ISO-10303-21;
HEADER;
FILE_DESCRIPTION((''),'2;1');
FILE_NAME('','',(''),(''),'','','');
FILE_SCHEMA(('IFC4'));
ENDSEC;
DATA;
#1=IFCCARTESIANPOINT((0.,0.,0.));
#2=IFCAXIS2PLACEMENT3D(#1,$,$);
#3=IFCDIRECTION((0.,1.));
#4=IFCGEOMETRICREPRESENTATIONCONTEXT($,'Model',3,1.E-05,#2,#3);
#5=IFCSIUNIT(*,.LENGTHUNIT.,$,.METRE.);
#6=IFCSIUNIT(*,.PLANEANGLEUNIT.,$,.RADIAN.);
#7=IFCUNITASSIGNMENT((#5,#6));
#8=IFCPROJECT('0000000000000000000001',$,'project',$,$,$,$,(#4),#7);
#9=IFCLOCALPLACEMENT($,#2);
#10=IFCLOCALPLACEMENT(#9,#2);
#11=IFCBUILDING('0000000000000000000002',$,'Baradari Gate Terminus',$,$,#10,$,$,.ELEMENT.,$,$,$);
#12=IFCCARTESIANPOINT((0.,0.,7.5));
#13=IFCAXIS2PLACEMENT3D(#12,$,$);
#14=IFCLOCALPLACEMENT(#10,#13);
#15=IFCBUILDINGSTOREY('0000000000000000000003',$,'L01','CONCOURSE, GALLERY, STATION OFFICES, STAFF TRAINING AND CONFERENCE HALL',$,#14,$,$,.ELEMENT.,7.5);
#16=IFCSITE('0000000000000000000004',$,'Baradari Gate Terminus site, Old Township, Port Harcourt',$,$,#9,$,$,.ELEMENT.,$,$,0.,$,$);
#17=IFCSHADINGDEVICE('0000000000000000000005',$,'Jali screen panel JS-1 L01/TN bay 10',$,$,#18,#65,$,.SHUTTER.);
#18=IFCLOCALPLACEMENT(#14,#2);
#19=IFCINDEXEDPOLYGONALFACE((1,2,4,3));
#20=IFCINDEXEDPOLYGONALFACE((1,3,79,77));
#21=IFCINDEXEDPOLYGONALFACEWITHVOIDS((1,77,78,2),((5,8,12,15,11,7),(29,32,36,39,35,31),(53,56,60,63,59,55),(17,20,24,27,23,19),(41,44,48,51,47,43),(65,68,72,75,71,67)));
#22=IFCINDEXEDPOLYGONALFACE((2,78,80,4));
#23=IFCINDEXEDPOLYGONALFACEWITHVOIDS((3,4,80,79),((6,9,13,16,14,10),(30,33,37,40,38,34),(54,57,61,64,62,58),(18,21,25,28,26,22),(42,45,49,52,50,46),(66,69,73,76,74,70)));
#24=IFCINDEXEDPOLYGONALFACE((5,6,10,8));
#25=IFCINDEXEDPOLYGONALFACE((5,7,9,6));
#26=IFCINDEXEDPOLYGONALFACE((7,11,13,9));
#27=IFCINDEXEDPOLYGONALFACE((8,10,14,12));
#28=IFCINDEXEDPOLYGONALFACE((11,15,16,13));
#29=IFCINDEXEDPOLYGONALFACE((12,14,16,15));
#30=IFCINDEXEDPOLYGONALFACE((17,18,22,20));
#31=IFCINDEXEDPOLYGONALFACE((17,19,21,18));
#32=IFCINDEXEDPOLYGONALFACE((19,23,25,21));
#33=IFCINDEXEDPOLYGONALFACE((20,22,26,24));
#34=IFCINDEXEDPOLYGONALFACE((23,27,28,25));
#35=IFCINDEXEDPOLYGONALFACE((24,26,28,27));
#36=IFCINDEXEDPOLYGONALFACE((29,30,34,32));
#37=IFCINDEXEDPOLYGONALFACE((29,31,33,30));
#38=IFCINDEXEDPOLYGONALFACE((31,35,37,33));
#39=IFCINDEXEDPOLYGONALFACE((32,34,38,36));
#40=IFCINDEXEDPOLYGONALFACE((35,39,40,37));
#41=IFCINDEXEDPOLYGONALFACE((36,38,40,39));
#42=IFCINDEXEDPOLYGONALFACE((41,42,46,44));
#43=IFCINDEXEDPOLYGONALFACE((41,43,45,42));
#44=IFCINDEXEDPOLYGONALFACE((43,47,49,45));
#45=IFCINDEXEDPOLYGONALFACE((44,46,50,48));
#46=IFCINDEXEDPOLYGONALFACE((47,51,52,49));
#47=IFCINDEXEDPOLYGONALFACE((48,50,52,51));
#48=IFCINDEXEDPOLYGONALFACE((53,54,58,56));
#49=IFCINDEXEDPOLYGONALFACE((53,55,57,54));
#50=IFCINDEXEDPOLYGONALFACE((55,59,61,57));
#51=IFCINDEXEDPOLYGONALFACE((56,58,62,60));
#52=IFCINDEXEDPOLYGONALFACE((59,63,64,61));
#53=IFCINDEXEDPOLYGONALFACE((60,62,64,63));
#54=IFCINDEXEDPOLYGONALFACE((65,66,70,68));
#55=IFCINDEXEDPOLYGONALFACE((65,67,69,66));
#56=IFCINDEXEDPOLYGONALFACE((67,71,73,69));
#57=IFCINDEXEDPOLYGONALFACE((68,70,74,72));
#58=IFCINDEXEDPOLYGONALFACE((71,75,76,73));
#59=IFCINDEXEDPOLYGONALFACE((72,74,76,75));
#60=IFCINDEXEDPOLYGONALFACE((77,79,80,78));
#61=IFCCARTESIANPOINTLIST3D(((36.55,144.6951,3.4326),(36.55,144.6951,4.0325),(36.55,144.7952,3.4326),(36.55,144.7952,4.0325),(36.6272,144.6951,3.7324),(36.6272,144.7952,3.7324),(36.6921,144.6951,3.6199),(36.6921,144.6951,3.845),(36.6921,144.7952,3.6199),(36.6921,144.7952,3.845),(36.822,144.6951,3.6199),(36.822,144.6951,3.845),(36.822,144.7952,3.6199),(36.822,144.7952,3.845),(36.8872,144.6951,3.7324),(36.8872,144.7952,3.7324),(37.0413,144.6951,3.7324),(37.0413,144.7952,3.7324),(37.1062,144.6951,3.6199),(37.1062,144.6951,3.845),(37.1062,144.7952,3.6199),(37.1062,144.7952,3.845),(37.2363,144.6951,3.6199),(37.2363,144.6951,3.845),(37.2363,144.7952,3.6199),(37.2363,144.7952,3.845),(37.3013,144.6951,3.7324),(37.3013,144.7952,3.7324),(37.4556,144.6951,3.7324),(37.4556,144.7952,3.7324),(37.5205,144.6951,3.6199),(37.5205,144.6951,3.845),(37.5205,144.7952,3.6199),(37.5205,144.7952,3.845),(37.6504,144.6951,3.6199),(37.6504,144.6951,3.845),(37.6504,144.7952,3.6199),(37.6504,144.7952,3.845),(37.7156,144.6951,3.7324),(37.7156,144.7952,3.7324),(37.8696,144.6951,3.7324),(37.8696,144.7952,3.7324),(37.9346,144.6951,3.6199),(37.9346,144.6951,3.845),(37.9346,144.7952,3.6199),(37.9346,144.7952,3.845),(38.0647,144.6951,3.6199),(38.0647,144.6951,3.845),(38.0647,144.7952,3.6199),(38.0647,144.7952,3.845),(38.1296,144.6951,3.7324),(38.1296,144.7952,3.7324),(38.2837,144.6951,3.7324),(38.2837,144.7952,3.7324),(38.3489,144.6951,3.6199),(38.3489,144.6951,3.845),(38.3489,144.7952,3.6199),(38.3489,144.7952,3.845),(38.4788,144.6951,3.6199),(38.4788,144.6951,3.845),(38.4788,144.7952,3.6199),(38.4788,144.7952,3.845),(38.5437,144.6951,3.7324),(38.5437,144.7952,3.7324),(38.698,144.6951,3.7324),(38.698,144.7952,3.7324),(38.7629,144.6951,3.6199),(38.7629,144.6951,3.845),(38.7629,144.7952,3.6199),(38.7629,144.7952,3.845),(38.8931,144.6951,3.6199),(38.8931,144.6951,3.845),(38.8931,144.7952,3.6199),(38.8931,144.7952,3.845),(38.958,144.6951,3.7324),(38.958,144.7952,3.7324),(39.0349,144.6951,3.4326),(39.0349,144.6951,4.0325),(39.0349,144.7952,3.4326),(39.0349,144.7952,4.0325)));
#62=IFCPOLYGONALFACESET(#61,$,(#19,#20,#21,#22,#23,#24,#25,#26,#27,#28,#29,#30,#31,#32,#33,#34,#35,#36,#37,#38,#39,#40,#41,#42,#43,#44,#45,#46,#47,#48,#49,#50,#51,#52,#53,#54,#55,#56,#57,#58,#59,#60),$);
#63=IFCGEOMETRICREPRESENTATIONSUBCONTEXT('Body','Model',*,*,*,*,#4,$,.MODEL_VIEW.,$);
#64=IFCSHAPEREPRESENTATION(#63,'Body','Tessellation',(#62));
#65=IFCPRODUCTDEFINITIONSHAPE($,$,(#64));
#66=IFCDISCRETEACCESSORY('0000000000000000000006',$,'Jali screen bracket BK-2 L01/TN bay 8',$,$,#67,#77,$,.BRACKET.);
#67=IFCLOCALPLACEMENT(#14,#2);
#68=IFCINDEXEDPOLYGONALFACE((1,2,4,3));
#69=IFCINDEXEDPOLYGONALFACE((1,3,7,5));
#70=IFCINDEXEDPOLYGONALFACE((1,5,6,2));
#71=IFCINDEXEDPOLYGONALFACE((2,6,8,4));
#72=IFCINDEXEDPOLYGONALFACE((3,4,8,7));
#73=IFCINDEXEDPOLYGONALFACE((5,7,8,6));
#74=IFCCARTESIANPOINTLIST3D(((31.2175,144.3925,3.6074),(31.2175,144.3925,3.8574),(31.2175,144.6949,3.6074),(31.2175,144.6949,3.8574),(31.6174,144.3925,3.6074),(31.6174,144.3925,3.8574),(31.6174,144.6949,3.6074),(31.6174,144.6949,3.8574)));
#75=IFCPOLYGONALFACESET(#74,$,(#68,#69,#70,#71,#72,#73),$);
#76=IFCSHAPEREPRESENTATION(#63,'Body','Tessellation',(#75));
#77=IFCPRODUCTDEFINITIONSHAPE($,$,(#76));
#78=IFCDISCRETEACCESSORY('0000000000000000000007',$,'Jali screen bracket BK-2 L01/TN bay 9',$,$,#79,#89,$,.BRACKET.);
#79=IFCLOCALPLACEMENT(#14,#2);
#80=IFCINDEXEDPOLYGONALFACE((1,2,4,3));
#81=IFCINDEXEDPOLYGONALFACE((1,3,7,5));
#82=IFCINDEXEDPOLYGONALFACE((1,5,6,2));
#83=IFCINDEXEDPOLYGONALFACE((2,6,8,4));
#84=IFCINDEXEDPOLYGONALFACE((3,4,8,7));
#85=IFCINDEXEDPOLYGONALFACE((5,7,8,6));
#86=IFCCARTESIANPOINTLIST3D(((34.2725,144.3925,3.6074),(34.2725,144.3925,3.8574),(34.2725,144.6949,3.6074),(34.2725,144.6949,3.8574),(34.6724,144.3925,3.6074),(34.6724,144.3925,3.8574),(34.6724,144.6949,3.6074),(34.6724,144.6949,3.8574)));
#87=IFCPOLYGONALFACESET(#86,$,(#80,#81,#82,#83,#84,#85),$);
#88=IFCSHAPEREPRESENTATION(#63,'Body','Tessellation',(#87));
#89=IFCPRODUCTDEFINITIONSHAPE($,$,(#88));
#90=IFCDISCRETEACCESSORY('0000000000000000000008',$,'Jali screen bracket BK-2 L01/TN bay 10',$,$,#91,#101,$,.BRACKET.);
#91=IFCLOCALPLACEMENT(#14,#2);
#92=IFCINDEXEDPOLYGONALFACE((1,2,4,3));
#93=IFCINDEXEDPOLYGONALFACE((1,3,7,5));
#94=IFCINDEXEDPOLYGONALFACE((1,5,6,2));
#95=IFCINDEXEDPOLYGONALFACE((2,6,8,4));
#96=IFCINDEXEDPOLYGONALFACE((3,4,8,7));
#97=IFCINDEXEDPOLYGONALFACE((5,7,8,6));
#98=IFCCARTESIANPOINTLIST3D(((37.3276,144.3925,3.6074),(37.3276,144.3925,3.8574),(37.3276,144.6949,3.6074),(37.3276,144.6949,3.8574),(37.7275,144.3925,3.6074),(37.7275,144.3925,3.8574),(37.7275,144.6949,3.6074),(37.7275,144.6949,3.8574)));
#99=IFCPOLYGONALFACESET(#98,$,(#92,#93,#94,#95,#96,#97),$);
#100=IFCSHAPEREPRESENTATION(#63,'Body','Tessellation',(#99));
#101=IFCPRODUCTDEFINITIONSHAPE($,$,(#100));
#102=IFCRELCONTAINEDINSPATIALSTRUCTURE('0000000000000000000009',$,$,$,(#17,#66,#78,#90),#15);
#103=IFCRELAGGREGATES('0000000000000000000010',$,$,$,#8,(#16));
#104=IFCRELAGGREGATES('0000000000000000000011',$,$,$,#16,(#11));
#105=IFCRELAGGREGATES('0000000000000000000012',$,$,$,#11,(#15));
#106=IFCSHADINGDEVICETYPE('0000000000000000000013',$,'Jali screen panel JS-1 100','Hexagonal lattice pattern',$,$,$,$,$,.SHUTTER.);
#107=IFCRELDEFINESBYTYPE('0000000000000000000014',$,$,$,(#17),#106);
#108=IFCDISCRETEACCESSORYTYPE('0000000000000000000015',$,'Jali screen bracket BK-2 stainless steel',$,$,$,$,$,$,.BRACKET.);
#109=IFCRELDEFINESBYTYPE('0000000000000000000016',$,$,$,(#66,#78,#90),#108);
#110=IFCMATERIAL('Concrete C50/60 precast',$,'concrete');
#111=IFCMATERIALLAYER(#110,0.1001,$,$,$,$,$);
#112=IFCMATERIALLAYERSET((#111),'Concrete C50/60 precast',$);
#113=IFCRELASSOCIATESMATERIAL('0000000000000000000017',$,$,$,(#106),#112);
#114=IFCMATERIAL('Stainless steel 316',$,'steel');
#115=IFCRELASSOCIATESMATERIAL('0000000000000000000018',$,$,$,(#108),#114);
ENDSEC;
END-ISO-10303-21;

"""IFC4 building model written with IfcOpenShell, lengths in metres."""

from ifc_helpers import new_model, si_unit, direction, frame, origin, origin_2d, place, context, subcontext, project, spatial, polyline, rectangle, outline, extrude, material, layer, layer_set, type_object, element, save


model = new_model("IFC4")

# Units and contexts
model_context = context("Model", 3, precision=1e-05, world=origin(), true_north=direction((0.0, 1.0)))
body_context = subcontext(model_context, "Body", "Model", "MODEL_VIEW")
ifc_project = project(units=[si_unit("LENGTHUNIT", "METRE"), si_unit("PLANEANGLEUNIT", "RADIAN")], contexts=[model_context])

# Site, building, storey
site_placement = place(None, origin())
site = spatial("IfcSite", under=ifc_project, at=site_placement, Name="Baradari Gate Terminus site, Old Township, Port Harcourt", CompositionType="ELEMENT", RefElevation=0.0)
building_placement = place(site_placement, origin())
building = spatial("IfcBuilding", under=site, at=building_placement, Name="Baradari Gate Terminus", CompositionType="ELEMENT")
storey_placement = place(building_placement, frame((0.0, 0.0, 7.5)))
storey = spatial("IfcBuildingStorey", under=building, at=storey_placement, Name="L01", Description="CONCOURSE, GALLERY, STATION OFFICES, STAFF TRAINING AND CONFERENCE HALL", CompositionType="ELEMENT", Elevation=7.5)

# Shading device
ifc_material_1 = material(Name="Concrete C50/60 precast", Category="concrete")
ifc_layer_1 = layer(ifc_material_1, 0.1001)
ifc_layer_set_1 = layer_set([ifc_layer_1], Name="Concrete C50/60 precast")
shading_device_type = type_object("IfcShadingDeviceType", Name="Jali screen panel JS-1 100", Description="Hexagonal lattice pattern", PredefinedType="SHUTTER", material=ifc_layer_set_1)
for number, where, z_axis, x_axis, name in (
    (1, (36.55, 144.7451, 3.4326), (0.0, 0.0, 1.0), (1.0, 0.0, 0.0), "Jali screen panel JS-1 L01/TN bay 10"),
):
    element("IfcShadingDevice", number, at=place(storey_placement, frame(where, z_axis=z_axis, x_axis=x_axis)), inside=storey, type_object=shading_device_type, Name=name, PredefinedType="SHUTTER", context=body_context, shape_type="SweptSolid", body=[
        extrude(outline(polyline([(0.0, 0.0), (2.4849, 0.0), (2.4849, 0.5999), (0.0, 0.5999), (0.0, 0.0)]), holes=[polyline([(0.3372, 0.2998), (0.272, 0.1873), (0.1421, 0.1873), (0.0771, 0.2998), (0.1421, 0.4124), (0.272, 0.4124), (0.3372, 0.2998)]), polyline([(0.7512, 0.2998), (0.6863, 0.1873), (0.5562, 0.1873), (0.4912, 0.2998), (0.5562, 0.4124), (0.6863, 0.4124), (0.7512, 0.2998)]), polyline([(1.1655, 0.2998), (1.1003, 0.1873), (0.9705, 0.1873), (0.9055, 0.2998), (0.9705, 0.4124), (1.1003, 0.4124), (1.1655, 0.2998)]), polyline([(1.5796, 0.2998), (1.5146, 0.1873), (1.3845, 0.1873), (1.3196, 0.2998), (1.3845, 0.4124), (1.5146, 0.4124), (1.5796, 0.2998)]), polyline([(1.9937, 0.2998), (1.9287, 0.1873), (1.7988, 0.1873), (1.7336, 0.2998), (1.7988, 0.4124), (1.9287, 0.4124), (1.9937, 0.2998)]), polyline([(2.408, 0.2998), (2.343, 0.1873), (2.2129, 0.1873), (2.1479, 0.2998), (2.2129, 0.4124), (2.343, 0.4124), (2.408, 0.2998)])]), frame((0.0, 0.05, 0.0), z_axis=(0.0, -1.0, 0.0), x_axis=(1.0, 0.0, 0.0)), (0.0, 0.0, 1.0), 0.1001),
    ])

# Discrete accessories
ifc_material_2 = material(Name="Stainless steel 316", Category="steel")
discrete_accessory_type = type_object("IfcDiscreteAccessoryType", Name="Jali screen bracket BK-2 stainless steel", PredefinedType="BRACKET", material=ifc_material_2)
for number, where, z_axis, x_axis, name in (
    (2, (31.4175, 144.5437, 3.6074), (0.0, 0.0, 1.0), (0.0, 1.0, 0.0), "Jali screen bracket BK-2 L01/TN bay 8"),
    (3, (34.4724, 144.5437, 3.6074), (0.0, 0.0, 1.0), (0.0, 1.0, 0.0), "Jali screen bracket BK-2 L01/TN bay 9"),
    (4, (37.5276, 144.5437, 3.6074), (0.0, 0.0, 1.0), (0.0, 1.0, 0.0), "Jali screen bracket BK-2 L01/TN bay 10"),
):
    element("IfcDiscreteAccessory", number, at=place(storey_placement, frame(where, z_axis=z_axis, x_axis=x_axis)), inside=storey, type_object=discrete_accessory_type, Name=name, PredefinedType="BRACKET", context=body_context, shape_type="SweptSolid", body=[
        extrude(rectangle(XDim=0.3025, YDim=0.3999, at=origin_2d()), origin(), (0.0, 0.0, 1.0), 0.25),
    ])

save(model, "model.ifc")
